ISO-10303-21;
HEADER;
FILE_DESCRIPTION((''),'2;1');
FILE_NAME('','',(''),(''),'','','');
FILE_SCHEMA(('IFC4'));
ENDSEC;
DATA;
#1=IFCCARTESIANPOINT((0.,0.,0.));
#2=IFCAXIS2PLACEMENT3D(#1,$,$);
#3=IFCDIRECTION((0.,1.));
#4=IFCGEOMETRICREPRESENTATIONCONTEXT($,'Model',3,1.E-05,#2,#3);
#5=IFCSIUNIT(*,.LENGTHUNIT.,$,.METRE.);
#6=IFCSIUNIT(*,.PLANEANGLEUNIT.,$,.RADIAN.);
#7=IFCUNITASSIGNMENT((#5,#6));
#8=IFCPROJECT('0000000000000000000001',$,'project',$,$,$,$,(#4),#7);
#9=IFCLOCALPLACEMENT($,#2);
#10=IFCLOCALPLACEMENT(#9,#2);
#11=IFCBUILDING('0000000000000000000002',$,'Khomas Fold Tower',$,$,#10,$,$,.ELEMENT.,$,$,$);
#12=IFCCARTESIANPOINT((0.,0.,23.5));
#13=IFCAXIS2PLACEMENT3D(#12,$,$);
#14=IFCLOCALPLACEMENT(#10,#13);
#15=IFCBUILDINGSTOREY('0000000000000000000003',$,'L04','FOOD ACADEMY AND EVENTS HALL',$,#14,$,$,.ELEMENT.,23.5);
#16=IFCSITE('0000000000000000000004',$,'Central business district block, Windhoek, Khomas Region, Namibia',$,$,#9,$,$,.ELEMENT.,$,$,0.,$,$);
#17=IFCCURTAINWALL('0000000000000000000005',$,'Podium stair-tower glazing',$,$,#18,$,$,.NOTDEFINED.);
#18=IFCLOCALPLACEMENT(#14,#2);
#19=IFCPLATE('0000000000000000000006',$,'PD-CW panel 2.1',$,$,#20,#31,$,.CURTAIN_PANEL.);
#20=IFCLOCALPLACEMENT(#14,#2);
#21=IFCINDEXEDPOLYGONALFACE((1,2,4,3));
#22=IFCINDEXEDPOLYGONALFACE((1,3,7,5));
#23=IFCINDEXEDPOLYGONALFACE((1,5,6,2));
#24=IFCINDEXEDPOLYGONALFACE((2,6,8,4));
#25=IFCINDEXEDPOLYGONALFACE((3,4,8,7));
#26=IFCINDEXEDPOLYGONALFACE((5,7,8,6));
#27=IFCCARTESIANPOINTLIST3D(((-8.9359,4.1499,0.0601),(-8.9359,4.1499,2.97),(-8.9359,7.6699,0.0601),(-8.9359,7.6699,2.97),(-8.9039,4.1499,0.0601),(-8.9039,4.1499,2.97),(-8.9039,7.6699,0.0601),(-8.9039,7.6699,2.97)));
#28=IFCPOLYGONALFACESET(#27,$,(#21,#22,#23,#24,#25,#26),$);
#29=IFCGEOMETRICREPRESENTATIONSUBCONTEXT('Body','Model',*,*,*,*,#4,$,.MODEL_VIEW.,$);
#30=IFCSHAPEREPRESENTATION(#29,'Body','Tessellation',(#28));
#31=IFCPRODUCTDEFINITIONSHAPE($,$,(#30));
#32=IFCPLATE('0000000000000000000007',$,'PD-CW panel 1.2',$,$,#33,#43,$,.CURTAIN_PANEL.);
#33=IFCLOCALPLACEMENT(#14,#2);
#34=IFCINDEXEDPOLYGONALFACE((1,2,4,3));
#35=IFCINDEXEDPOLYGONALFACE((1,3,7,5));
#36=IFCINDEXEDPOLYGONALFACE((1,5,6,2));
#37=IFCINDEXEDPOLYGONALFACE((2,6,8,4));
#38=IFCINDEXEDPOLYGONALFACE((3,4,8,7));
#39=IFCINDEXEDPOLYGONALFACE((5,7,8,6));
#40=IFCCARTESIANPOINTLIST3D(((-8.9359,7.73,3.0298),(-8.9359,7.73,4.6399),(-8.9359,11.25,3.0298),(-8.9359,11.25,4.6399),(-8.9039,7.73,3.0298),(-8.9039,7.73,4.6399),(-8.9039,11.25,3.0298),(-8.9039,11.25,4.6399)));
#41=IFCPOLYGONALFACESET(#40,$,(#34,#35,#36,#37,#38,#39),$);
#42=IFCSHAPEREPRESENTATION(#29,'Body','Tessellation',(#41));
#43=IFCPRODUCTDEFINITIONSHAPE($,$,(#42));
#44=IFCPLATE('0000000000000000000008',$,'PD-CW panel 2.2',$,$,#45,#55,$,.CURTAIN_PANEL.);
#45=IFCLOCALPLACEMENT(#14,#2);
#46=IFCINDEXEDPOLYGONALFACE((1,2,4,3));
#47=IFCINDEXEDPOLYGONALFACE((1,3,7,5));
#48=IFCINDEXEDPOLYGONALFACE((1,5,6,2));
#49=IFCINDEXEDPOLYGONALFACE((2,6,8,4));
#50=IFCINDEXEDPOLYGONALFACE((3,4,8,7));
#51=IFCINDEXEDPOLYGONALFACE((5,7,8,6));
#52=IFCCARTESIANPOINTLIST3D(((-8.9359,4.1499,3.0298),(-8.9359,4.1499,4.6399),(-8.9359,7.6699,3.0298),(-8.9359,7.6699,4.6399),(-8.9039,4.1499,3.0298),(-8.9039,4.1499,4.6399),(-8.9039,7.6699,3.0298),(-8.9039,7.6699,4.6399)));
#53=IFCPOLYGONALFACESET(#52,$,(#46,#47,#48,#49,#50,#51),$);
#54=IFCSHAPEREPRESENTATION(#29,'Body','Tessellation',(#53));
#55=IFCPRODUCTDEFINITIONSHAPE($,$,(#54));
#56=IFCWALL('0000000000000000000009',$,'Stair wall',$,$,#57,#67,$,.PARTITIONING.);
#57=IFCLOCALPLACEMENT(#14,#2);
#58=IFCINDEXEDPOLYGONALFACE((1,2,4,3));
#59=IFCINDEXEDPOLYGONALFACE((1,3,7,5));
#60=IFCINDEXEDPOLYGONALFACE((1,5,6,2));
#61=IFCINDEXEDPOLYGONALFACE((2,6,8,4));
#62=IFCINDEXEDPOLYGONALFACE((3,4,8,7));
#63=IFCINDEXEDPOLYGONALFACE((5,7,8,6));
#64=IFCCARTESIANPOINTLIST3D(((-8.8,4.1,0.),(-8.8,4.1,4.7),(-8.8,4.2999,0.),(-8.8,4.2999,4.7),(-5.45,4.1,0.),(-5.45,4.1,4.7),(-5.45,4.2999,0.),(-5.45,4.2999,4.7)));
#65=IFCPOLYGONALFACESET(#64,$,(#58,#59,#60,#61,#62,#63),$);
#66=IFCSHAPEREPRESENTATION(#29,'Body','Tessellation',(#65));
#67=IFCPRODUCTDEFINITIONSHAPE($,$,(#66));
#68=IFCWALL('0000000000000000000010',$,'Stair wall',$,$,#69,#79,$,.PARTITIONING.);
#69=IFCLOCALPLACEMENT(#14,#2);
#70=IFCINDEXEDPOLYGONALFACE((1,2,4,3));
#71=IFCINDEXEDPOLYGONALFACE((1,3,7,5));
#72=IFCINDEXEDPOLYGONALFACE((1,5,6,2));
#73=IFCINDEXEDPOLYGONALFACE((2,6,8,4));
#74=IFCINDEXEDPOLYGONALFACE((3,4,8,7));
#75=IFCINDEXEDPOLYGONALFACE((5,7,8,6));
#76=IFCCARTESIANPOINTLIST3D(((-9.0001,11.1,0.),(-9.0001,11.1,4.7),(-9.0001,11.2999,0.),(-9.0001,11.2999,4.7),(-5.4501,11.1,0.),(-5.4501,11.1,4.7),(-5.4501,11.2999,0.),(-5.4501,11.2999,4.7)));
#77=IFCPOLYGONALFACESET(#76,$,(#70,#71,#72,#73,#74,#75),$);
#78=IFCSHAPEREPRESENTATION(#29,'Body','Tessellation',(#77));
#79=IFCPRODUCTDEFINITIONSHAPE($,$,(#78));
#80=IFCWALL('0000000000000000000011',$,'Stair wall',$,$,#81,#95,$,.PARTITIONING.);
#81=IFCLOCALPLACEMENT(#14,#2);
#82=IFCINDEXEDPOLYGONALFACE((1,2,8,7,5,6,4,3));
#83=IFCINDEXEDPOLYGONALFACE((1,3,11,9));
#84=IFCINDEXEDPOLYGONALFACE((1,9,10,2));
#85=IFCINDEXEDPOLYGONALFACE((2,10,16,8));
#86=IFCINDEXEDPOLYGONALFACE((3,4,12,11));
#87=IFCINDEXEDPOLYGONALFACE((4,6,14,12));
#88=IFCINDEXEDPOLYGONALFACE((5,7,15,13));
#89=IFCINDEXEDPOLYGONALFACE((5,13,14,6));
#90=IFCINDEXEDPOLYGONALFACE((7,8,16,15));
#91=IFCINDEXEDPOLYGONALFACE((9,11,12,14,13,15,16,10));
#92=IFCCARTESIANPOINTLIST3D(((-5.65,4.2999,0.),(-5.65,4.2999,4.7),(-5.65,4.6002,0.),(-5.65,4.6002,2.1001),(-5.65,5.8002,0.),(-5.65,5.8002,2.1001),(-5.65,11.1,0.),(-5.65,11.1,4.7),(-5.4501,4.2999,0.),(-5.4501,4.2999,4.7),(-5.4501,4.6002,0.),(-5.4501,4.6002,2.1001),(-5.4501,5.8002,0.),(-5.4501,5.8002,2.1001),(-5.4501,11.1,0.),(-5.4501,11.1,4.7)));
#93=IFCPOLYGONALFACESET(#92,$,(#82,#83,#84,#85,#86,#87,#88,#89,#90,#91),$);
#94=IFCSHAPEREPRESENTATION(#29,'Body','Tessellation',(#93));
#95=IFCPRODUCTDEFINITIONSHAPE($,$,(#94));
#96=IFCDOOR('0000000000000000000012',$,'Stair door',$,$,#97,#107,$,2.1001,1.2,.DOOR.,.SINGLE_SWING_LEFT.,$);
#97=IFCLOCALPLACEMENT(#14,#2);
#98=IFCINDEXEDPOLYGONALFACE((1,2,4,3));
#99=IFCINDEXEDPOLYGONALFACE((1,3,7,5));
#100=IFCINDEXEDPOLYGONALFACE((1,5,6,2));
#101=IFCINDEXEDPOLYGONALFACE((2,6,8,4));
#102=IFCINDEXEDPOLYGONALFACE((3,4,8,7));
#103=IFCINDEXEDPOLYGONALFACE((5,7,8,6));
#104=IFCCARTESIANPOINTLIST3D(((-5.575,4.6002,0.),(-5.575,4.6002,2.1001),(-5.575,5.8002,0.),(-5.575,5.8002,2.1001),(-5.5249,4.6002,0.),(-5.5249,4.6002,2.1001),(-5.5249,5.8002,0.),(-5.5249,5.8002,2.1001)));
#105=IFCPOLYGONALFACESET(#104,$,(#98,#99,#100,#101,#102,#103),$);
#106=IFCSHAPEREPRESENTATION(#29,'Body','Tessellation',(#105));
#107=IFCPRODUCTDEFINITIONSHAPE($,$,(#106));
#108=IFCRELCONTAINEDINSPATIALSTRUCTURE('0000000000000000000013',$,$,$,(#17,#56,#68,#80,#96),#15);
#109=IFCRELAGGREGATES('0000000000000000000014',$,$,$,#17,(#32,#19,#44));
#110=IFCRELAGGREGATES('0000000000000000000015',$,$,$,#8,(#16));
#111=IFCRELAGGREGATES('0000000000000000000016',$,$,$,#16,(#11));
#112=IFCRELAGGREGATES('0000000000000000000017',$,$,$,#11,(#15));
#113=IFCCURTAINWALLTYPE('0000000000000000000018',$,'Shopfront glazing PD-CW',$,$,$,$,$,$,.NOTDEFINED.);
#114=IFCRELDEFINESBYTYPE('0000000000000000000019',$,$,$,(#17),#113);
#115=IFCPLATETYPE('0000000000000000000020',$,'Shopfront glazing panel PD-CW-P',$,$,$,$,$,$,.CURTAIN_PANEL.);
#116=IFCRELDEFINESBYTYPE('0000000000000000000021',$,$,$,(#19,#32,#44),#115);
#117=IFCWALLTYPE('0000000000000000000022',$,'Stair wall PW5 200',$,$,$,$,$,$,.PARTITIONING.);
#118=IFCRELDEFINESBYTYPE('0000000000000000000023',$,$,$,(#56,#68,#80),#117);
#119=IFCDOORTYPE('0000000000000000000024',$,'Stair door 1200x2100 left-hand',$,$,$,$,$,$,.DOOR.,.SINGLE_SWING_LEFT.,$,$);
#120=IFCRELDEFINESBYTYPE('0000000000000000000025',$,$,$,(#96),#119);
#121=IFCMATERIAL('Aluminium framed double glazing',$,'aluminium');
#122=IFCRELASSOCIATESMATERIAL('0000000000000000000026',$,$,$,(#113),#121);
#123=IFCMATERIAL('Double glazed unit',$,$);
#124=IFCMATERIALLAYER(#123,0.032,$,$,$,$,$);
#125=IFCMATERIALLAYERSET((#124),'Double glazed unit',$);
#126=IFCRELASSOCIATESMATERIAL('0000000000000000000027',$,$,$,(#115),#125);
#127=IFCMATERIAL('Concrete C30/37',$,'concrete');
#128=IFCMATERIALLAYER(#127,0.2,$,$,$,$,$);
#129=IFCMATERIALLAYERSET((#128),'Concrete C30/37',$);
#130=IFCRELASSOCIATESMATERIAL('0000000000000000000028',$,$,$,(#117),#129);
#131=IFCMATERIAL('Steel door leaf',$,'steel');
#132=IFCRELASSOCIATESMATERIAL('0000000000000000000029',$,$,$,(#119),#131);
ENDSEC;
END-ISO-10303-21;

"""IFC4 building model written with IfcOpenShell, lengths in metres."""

from ifc_helpers import new_model, si_unit, direction, frame, frame_2d, origin, origin_2d, place, context, subcontext, project, spatial, rectangle, extrude, source, transform, mapped, material, layer, layer_set, type_object, element, fill, aggregate, save


model = new_model("IFC4")

# Units and contexts
model_context = context("Model", 3, precision=1e-05, world=origin(), true_north=direction((0.0, 1.0)))
body_context = subcontext(model_context, "Body", "Model", "MODEL_VIEW")
ifc_project = project(units=[si_unit("LENGTHUNIT", "METRE"), si_unit("PLANEANGLEUNIT", "RADIAN")], contexts=[model_context])

# Site, building, storey
site_placement = place(None, origin())
site = spatial("IfcSite", under=ifc_project, at=site_placement, Name="Central business district block, Windhoek, Khomas Region, Namibia", CompositionType="ELEMENT", RefElevation=0.0)
building_placement = place(site_placement, origin())
building = spatial("IfcBuilding", under=site, at=building_placement, Name="Khomas Fold Tower", CompositionType="ELEMENT")
storey_placement = place(building_placement, frame((0.0, 0.0, 23.5)))
storey = spatial("IfcBuildingStorey", under=building, at=storey_placement, Name="L04", Description="FOOD ACADEMY AND EVENTS HALL", CompositionType="ELEMENT", Elevation=23.5)

# Curtain wall
ifc_material_1 = material(Name="Aluminium framed double glazing", Category="aluminium")
curtain_wall_type = type_object("IfcCurtainWallType", Name="Shopfront glazing PD-CW", PredefinedType="NOTDEFINED", material=ifc_material_1)
curtain_wall_1_placement = place(storey_placement, origin())
curtain_wall_1 = element("IfcCurtainWall", 1, at=curtain_wall_1_placement, inside=storey, type_object=curtain_wall_type, Name="Podium stair-tower glazing", PredefinedType="NOTDEFINED")

# Plates
ifc_material_2 = material(Name="Double glazed unit")
ifc_layer_1 = layer(ifc_material_2, 0.032)
ifc_layer_set_1 = layer_set([ifc_layer_1], Name="Double glazed unit")
plate_type = type_object("IfcPlateType", Name="Shopfront glazing panel PD-CW-P", PredefinedType="CURTAIN_PANEL", material=ifc_layer_set_1)
shared_shape_1 = source(origin(), body_context, "Body", "SweptSolid", [
    extrude(rectangle(XDim=3.52, YDim=0.032, at=origin_2d()), origin(), (0.0, 0.0, 1.0), 2.9099),
])
plate_1_placement = place(storey_placement, frame((-8.9199, 5.9099, 0.0601), z_axis=(0.0, 0.0, 1.0), x_axis=(0.0, -1.0, 0.0)))
plate_1 = element("IfcPlate", 2, at=plate_1_placement, type_object=plate_type, Name="PD-CW panel 2.1", PredefinedType="CURTAIN_PANEL", context=body_context, shape_type="MappedRepresentation", body=[
    mapped(shared_shape_1, transform((0.0, 0.0, 0.0))),
])
shared_shape_2 = source(origin(), body_context, "Body", "SweptSolid", [
    extrude(rectangle(XDim=3.52, YDim=0.032, at=origin_2d()), origin(), (0.0, 0.0, 1.0), 1.6101),
])
plate_2_placement = place(storey_placement, frame((-8.9199, 9.49, 3.0298), z_axis=(0.0, 0.0, 1.0), x_axis=(0.0, -1.0, 0.0)))
plate_2 = element("IfcPlate", 3, at=plate_2_placement, type_object=plate_type, Name="PD-CW panel 1.2", PredefinedType="CURTAIN_PANEL", context=body_context, shape_type="MappedRepresentation", body=[
    mapped(shared_shape_2, transform((0.0, 0.0, 0.0))),
])
plate_3_placement = place(storey_placement, frame((-8.9199, 5.9099, 3.0298), z_axis=(0.0, 0.0, 1.0), x_axis=(0.0, -1.0, 0.0)))
plate_3 = element("IfcPlate", 4, at=plate_3_placement, type_object=plate_type, Name="PD-CW panel 2.2", PredefinedType="CURTAIN_PANEL", context=body_context, shape_type="MappedRepresentation", body=[
    mapped(shared_shape_2, transform((0.0, 0.0, 0.0))),
])
aggregate(curtain_wall_1, [plate_2, plate_1, plate_3])

# Walls
ifc_material_3 = material(Name="Concrete C30/37", Category="concrete")
ifc_layer_2 = layer(ifc_material_3, 0.2)
ifc_layer_set_2 = layer_set([ifc_layer_2], Name="Concrete C30/37")
wall_type = type_object("IfcWallType", Name="Stair wall PW5 200", PredefinedType="PARTITIONING", material=ifc_layer_set_2)
shared_shape_3 = source(origin(), body_context, "Body", "SweptSolid", [
    extrude(rectangle(XDim=3.3501, YDim=0.2, at=frame_2d((1.675, 0.0))), origin(), (0.0, 0.0, 1.0), 4.7),
])
wall_1_placement = place(storey_placement, frame((-8.8, 4.2, 0.0), z_axis=(0.0, 0.0, 1.0), x_axis=(1.0, 0.0, 0.0)))
element("IfcWall", 5, at=wall_1_placement, inside=storey, type_object=wall_type, Name="Stair wall", PredefinedType="PARTITIONING", context=body_context, shape_type="MappedRepresentation", body=[
    mapped(shared_shape_3, transform((0.0, 0.0, 0.0))),
])
shared_shape_4 = source(origin(), body_context, "Body", "SweptSolid", [
    extrude(rectangle(XDim=3.55, YDim=0.2, at=frame_2d((1.7749, 0.0))), origin(), (0.0, 0.0, 1.0), 4.7),
])
wall_2_placement = place(storey_placement, frame((-9.0, 11.2, 0.0), z_axis=(0.0, 0.0, 1.0), x_axis=(1.0, 0.0, 0.0)))
element("IfcWall", 6, at=wall_2_placement, inside=storey, type_object=wall_type, Name="Stair wall", PredefinedType="PARTITIONING", context=body_context, shape_type="MappedRepresentation", body=[
    mapped(shared_shape_4, transform((0.0, 0.0, 0.0))),
])

# Wall, opening, door
shared_shape_5 = source(origin(), body_context, "Body", "SweptSolid", [
    extrude(rectangle(XDim=6.8, YDim=0.2, at=frame_2d((3.3999, 0.0))), origin(), (0.0, 0.0, 1.0), 4.7),
])
wall_3_placement = place(storey_placement, frame((-5.55, 4.3, 0.0), z_axis=(0.0, 0.0, 1.0), x_axis=(0.0, 1.0, 0.0)))
wall_3 = element("IfcWall", 7, at=wall_3_placement, inside=storey, type_object=wall_type, Name="Stair wall", PredefinedType="PARTITIONING", context=body_context, shape_type="MappedRepresentation", body=[
    mapped(shared_shape_5, transform((0.0, 0.0, 0.0))),
])
shared_shape_6 = source(origin(), body_context, "Body", "SweptSolid", [
    extrude(rectangle(XDim=1.2, YDim=2.1001, at=frame_2d((0.6001, 1.05))), frame((0.0, 0.1099, 0.0), z_axis=(0.0, -1.0, 0.0), x_axis=(1.0, 0.0, 0.0)), (0.0, 0.0, 1.0), 0.22),
])
opening_placement = place(wall_3_placement, frame((0.3, 0.0, 0.0)))
opening = element("IfcOpeningElement", 8, at=opening_placement, cuts=wall_3, PredefinedType="OPENING", context=body_context, shape_type="MappedRepresentation", body=[
    mapped(shared_shape_6, transform((0.0, 0.0, 0.0))),
])
ifc_material_4 = material(Name="Steel door leaf", Category="steel")
door_type = type_object("IfcDoorType", Name="Stair door 1200x2100 left-hand", OperationType="SINGLE_SWING_LEFT", PredefinedType="DOOR", material=ifc_material_4)
shared_shape_7 = source(origin(), body_context, "Body", "SweptSolid", [
    extrude(rectangle(XDim=1.2, YDim=2.1001, at=frame_2d((0.6001, 1.05))), frame((0.0, 0.0249, 0.0), z_axis=(0.0, -1.0, 0.0), x_axis=(1.0, 0.0, 0.0)), (0.0, 0.0, 1.0), 0.05),
])
door_placement = place(opening_placement, origin())
door = element("IfcDoor", 9, at=door_placement, inside=storey, type_object=door_type, Name="Stair door", OperationType="SINGLE_SWING_LEFT", OverallHeight=2.1001, OverallWidth=1.2, PredefinedType="DOOR", context=body_context, shape_type="MappedRepresentation", body=[
    mapped(shared_shape_7, transform((0.0, 0.0, 0.0))),
])
fill(opening, door)

save(model, "model.ifc")
